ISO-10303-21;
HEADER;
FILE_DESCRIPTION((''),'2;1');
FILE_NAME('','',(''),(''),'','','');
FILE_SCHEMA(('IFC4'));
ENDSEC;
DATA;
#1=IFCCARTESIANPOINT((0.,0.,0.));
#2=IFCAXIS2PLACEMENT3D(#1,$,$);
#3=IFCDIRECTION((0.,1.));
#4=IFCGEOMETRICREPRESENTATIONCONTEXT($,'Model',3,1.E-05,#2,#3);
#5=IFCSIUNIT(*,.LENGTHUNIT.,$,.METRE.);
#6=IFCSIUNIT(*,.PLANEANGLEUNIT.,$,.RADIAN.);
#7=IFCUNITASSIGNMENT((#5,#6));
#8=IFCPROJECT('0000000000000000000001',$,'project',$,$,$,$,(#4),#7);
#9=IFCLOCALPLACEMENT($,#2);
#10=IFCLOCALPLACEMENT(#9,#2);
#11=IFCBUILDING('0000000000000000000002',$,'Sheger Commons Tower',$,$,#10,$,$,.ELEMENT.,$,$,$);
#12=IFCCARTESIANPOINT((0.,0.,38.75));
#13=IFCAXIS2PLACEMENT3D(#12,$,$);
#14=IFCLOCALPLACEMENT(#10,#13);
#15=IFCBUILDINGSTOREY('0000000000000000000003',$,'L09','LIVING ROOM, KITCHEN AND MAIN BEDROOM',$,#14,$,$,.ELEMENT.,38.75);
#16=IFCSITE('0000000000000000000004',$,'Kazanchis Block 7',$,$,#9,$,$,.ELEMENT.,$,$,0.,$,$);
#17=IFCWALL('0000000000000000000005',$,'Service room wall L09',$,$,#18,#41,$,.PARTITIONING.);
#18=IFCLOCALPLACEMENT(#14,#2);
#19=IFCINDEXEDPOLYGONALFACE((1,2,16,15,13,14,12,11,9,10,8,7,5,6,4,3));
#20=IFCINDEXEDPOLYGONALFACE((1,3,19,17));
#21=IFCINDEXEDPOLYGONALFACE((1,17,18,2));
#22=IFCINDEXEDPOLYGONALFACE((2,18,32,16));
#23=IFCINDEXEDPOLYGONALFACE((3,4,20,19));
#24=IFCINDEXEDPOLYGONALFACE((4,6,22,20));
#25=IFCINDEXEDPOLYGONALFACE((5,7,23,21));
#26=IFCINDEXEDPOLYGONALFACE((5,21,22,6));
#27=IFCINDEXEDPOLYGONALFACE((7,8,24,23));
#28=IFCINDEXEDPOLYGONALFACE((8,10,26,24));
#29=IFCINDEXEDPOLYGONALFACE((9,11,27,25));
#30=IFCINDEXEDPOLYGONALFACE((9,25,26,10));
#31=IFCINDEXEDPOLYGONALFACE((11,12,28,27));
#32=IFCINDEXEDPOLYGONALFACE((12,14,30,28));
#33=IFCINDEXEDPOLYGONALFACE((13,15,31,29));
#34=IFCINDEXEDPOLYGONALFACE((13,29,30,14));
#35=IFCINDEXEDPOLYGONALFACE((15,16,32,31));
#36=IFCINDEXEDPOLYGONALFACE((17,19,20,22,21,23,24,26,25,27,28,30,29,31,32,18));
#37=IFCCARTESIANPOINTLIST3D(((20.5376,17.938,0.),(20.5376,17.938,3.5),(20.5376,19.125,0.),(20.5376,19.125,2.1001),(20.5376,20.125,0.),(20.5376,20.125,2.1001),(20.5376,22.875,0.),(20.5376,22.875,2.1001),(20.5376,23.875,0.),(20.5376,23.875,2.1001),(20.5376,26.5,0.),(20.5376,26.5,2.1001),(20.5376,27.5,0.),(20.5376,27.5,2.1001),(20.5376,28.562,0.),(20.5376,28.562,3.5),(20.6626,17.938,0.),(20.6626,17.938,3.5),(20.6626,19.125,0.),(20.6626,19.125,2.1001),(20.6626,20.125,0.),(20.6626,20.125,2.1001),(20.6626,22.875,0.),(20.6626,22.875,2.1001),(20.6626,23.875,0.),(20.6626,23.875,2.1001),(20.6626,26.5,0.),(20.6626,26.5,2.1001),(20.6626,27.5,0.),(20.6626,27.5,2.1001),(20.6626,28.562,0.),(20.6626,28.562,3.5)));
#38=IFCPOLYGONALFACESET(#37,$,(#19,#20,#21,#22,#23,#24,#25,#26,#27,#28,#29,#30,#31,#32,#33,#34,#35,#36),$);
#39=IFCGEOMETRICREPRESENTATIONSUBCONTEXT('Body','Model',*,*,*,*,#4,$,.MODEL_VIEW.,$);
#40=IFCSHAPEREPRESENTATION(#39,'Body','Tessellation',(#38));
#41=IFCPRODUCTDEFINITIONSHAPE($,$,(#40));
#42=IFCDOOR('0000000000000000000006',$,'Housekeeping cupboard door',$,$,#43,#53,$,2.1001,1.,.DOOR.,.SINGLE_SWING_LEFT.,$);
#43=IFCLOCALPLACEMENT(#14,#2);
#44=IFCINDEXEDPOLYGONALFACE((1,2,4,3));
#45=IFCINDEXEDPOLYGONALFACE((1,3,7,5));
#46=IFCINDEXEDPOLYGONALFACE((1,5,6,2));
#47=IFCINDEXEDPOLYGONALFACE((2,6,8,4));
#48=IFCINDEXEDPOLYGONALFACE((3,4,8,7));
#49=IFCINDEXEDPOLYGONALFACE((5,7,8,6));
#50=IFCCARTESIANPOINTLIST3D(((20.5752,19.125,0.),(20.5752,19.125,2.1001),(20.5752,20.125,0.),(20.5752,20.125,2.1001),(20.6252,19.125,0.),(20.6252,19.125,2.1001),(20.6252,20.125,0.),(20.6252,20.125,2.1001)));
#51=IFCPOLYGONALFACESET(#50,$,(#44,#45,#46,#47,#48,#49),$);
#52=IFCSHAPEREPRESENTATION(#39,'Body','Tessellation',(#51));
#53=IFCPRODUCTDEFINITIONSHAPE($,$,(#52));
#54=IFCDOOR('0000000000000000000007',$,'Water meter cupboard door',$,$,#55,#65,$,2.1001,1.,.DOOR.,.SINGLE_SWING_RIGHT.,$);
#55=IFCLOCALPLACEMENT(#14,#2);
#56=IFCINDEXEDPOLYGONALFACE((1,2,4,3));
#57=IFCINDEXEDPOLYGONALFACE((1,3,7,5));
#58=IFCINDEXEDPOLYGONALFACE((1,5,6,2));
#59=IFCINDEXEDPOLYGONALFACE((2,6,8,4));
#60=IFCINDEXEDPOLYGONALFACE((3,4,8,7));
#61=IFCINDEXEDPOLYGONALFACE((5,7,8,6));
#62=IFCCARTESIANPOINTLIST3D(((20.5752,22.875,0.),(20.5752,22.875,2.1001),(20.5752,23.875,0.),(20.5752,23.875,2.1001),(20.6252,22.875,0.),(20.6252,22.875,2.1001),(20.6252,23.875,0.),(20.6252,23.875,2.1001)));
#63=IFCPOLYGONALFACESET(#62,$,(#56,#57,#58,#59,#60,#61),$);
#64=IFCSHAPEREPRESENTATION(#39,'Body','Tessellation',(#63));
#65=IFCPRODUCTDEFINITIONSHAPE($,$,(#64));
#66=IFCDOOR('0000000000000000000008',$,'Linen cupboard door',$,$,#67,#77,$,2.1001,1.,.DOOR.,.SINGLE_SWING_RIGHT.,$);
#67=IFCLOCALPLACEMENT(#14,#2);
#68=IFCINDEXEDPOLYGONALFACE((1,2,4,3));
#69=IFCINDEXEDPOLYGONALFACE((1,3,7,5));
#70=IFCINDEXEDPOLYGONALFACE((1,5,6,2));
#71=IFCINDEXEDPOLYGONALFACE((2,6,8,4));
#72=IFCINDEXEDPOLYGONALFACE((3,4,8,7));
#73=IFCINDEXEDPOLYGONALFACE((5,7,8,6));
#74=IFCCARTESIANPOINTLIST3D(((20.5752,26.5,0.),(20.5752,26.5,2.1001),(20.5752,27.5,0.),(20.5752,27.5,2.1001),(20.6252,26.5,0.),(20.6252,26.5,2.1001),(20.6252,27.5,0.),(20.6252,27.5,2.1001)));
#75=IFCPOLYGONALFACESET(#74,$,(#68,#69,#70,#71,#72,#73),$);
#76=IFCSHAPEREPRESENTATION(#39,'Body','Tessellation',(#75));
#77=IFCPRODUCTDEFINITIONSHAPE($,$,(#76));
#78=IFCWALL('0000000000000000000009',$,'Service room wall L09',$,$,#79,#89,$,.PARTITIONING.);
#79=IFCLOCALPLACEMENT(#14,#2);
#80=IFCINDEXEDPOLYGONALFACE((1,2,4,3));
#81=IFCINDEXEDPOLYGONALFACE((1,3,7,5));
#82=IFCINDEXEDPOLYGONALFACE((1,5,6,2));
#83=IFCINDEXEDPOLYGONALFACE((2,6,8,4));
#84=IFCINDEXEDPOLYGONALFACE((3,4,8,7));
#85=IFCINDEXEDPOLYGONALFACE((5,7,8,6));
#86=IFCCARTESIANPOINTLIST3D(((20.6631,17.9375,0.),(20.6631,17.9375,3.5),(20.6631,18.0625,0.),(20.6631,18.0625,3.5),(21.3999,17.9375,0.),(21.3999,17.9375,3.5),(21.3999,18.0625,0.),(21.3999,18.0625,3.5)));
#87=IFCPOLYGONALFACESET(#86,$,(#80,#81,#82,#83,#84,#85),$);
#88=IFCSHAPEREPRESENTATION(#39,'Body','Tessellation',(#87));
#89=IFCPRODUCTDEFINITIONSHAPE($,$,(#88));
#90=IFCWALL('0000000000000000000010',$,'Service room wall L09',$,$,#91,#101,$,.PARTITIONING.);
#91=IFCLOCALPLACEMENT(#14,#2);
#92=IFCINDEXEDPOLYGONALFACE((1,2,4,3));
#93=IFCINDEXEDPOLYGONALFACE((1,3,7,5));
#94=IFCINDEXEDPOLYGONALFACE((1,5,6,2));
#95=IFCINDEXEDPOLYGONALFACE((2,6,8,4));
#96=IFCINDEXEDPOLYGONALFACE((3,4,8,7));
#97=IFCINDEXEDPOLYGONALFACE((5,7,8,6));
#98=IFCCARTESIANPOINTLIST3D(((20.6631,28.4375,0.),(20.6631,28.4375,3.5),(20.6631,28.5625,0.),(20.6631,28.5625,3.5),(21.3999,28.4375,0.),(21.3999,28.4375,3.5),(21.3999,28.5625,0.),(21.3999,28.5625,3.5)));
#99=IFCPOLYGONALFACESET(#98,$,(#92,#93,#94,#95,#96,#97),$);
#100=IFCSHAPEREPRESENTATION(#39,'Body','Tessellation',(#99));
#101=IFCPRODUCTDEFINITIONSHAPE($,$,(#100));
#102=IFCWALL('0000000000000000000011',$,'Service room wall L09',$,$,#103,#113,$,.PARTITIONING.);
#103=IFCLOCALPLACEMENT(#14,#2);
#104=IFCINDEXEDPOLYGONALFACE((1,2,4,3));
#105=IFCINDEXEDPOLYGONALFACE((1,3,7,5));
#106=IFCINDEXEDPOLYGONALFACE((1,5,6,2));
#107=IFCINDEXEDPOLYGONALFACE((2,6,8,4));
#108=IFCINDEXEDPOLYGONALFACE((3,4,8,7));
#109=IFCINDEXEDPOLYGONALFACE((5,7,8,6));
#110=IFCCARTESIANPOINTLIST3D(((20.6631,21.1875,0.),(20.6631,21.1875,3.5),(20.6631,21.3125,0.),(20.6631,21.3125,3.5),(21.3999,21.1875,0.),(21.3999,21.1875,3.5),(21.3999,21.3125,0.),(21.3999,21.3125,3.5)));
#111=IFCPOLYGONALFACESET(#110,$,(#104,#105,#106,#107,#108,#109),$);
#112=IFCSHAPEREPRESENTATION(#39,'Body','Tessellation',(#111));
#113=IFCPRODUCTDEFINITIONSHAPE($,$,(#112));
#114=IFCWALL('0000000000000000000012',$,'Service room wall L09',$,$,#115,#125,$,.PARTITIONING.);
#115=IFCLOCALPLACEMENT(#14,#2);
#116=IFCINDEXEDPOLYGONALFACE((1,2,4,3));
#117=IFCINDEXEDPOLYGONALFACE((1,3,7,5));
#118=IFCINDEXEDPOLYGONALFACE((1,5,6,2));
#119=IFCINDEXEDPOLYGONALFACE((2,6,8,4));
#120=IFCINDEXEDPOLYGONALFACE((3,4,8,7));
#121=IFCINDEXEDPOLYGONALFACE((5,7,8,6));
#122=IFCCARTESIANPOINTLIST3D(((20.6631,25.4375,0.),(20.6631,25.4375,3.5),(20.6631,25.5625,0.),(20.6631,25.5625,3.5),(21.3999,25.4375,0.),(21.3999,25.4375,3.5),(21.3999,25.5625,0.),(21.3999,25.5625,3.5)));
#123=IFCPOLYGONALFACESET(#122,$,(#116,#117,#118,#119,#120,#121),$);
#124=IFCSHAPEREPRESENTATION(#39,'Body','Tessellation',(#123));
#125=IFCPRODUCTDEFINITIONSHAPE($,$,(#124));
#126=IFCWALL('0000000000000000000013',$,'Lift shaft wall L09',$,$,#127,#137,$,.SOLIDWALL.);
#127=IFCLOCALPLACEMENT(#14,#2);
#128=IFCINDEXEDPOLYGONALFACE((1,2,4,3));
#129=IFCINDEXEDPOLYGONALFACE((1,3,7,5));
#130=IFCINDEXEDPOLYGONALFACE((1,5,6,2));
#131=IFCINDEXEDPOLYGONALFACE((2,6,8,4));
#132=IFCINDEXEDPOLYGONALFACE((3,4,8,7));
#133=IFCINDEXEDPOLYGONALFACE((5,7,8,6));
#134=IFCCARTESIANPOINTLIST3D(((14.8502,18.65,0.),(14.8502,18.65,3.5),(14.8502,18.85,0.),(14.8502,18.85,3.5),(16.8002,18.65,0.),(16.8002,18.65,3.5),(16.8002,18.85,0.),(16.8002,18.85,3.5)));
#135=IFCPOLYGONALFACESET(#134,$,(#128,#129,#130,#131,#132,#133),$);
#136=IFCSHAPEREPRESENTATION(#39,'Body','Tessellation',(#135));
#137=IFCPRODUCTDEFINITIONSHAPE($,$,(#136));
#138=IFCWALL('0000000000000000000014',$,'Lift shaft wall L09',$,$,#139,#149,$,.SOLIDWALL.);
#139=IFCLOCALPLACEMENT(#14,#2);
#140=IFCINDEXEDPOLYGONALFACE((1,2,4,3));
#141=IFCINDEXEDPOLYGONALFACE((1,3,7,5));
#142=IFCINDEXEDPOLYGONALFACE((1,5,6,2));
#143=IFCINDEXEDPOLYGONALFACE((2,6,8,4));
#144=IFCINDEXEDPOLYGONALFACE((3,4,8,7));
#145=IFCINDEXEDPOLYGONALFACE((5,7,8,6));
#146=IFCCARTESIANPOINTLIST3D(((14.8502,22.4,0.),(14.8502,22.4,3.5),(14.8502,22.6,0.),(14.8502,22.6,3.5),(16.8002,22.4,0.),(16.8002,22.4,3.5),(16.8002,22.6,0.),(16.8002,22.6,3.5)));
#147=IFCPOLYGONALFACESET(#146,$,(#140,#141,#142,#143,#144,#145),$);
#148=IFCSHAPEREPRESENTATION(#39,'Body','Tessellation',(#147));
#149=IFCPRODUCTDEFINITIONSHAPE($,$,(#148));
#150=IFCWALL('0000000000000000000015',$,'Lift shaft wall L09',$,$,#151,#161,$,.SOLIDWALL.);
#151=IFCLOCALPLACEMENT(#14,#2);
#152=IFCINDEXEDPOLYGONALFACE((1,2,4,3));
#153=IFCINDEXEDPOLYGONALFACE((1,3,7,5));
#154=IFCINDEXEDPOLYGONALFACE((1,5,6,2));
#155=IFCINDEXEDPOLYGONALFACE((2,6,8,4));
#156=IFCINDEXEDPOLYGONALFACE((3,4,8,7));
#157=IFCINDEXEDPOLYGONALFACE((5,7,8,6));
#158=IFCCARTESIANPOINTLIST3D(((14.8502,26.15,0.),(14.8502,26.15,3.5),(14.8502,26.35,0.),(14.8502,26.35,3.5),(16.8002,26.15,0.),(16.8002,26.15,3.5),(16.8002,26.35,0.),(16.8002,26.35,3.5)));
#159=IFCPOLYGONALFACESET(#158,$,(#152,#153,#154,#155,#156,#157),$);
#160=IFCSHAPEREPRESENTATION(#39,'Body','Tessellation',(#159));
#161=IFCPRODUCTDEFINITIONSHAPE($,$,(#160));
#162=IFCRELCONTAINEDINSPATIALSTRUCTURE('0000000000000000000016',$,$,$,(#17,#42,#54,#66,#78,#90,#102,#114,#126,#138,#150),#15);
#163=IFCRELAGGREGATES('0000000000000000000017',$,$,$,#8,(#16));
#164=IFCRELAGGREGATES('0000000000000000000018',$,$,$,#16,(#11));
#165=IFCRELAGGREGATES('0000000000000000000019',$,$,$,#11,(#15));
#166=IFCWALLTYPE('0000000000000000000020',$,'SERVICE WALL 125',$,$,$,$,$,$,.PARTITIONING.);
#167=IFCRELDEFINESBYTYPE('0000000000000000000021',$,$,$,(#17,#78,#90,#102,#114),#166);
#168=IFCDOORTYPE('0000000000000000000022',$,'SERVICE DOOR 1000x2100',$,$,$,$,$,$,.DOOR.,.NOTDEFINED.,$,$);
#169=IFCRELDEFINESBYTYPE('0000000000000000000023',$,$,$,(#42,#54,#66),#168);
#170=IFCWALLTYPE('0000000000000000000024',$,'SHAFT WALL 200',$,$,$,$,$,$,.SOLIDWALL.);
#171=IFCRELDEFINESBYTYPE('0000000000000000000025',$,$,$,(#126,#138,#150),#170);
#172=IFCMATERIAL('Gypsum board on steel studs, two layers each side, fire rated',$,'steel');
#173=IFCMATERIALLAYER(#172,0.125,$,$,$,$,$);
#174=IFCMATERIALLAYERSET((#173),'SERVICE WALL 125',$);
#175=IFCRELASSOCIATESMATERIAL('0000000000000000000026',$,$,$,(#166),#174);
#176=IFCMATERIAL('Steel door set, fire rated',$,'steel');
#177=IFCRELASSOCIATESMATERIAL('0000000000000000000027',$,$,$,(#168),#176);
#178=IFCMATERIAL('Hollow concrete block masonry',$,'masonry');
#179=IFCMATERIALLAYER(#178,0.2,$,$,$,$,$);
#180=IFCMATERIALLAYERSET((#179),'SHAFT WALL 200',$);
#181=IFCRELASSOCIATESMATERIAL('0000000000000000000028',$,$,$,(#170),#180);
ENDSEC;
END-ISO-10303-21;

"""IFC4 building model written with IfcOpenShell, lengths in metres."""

from ifc_helpers import new_model, si_unit, direction, frame, frame_2d, origin, place, context, subcontext, project, spatial, rectangle, extrude, material, layer, layer_set, type_object, element, fill, save


model = new_model("IFC4")

# Units and contexts
model_context = context("Model", 3, precision=1e-05, world=origin(), true_north=direction((0.0, 1.0)))
body_context = subcontext(model_context, "Body", "Model", "MODEL_VIEW")
ifc_project = project(units=[si_unit("LENGTHUNIT", "METRE"), si_unit("PLANEANGLEUNIT", "RADIAN")], contexts=[model_context])

# Site, building, storey
site_placement = place(None, origin())
site = spatial("IfcSite", under=ifc_project, at=site_placement, Name="Kazanchis Block 7", CompositionType="ELEMENT", RefElevation=0.0)
building_placement = place(site_placement, origin())
building = spatial("IfcBuilding", under=site, at=building_placement, Name="Sheger Commons Tower", CompositionType="ELEMENT")
storey_placement = place(building_placement, frame((0.0, 0.0, 38.75)))
storey = spatial("IfcBuildingStorey", under=building, at=storey_placement, Name="L09", Description="LIVING ROOM, KITCHEN AND MAIN BEDROOM", CompositionType="ELEMENT", Elevation=38.75)

# Shared definitions
ifc_material_1 = material(Name="Gypsum board on steel studs, two layers each side, fire rated", Category="steel")
ifc_layer_1 = layer(ifc_material_1, 0.125)
ifc_layer_set_1 = layer_set([ifc_layer_1], Name="SERVICE WALL 125")
wall_type_1 = type_object("IfcWallType", Name="SERVICE WALL 125", PredefinedType="PARTITIONING", material=ifc_layer_set_1)

# Shared definitions
ifc_material_2 = material(Name="Steel door set, fire rated", Category="steel")
door_type_1 = type_object("IfcDoorType", Name="SERVICE DOOR 1000x2100", OperationType="NOTDEFINED", PredefinedType="DOOR", material=ifc_material_2)

# Wall, openings, doors
wall_1_placement = place(storey_placement, frame((20.6001, 17.938, 0.0), z_axis=(0.0, 0.0, 1.0), x_axis=(0.0, 1.0, 0.0)))
wall_1 = element("IfcWall", 1, at=wall_1_placement, inside=storey, type_object=wall_type_1, Name="Service room wall L09", PredefinedType="PARTITIONING", context=body_context, shape_type="SweptSolid", body=[
    extrude(rectangle(XDim=10.624, YDim=0.125, at=frame_2d((5.312, 0.0))), origin(), (0.0, 0.0, 1.0), 3.5),
])
opening_1_placement = place(wall_1_placement, frame((1.187, 0.0, 0.0)))
opening_1 = element("IfcOpeningElement", 2, at=opening_1_placement, cuts=wall_1, PredefinedType="OPENING", context=body_context, shape_type="SweptSolid", body=[
    extrude(rectangle(XDim=1.0, YDim=2.1001, at=frame_2d((0.5, 1.05))), frame((0.0, 0.0725, 0.0), z_axis=(0.0, -1.0, 0.0), x_axis=(1.0, 0.0, 0.0)), (0.0, 0.0, 1.0), 0.145),
])
opening_2_placement = place(wall_1_placement, frame((4.937, 0.0, 0.0)))
opening_2 = element("IfcOpeningElement", 3, at=opening_2_placement, cuts=wall_1, PredefinedType="OPENING", context=body_context, shape_type="SweptSolid", body=[
    extrude(rectangle(XDim=1.0, YDim=2.1001, at=frame_2d((0.5, 1.05))), frame((0.0, 0.0725, 0.0), z_axis=(0.0, -1.0, 0.0), x_axis=(1.0, 0.0, 0.0)), (0.0, 0.0, 1.0), 0.145),
])
opening_3_placement = place(wall_1_placement, frame((8.562, 0.0, 0.0)))
opening_3 = element("IfcOpeningElement", 4, at=opening_3_placement, cuts=wall_1, PredefinedType="OPENING", context=body_context, shape_type="SweptSolid", body=[
    extrude(rectangle(XDim=1.0, YDim=2.1001, at=frame_2d((0.5, 1.05))), frame((0.0, 0.0725, 0.0), z_axis=(0.0, -1.0, 0.0), x_axis=(1.0, 0.0, 0.0)), (0.0, 0.0, 1.0), 0.145),
])
door_1_placement = place(opening_1_placement, origin())
door_1 = element("IfcDoor", 5, at=door_1_placement, inside=storey, type_object=door_type_1, Name="Housekeeping cupboard door", OperationType="SINGLE_SWING_LEFT", OverallHeight=2.1001, OverallWidth=1.0, PredefinedType="DOOR", context=body_context, shape_type="SweptSolid", body=[
    extrude(rectangle(XDim=1.0, YDim=2.1001, at=frame_2d((0.5, 1.05))), frame((0.0, 0.0249, 0.0), z_axis=(0.0, -1.0, 0.0), x_axis=(1.0, 0.0, 0.0)), (0.0, 0.0, 1.0), 0.05),
])
fill(opening_1, door_1)
door_2_placement = place(opening_2_placement, origin())
door_2 = element("IfcDoor", 6, at=door_2_placement, inside=storey, type_object=door_type_1, Name="Water meter cupboard door", OperationType="SINGLE_SWING_RIGHT", OverallHeight=2.1001, OverallWidth=1.0, PredefinedType="DOOR", context=body_context, shape_type="SweptSolid", body=[
    extrude(rectangle(XDim=1.0, YDim=2.1001, at=frame_2d((0.5, 1.05))), frame((0.0, 0.0249, 0.0), z_axis=(0.0, -1.0, 0.0), x_axis=(1.0, 0.0, 0.0)), (0.0, 0.0, 1.0), 0.05),
])
fill(opening_2, door_2)
door_3_placement = place(opening_3_placement, origin())
door_3 = element("IfcDoor", 7, at=door_3_placement, inside=storey, type_object=door_type_1, Name="Linen cupboard door", OperationType="SINGLE_SWING_RIGHT", OverallHeight=2.1001, OverallWidth=1.0, PredefinedType="DOOR", context=body_context, shape_type="SweptSolid", body=[
    extrude(rectangle(XDim=1.0, YDim=2.1001, at=frame_2d((0.5, 1.05))), frame((0.0, 0.0249, 0.0), z_axis=(0.0, -1.0, 0.0), x_axis=(1.0, 0.0, 0.0)), (0.0, 0.0, 1.0), 0.05),
])
fill(opening_3, door_3)

# Walls
for number, where, z_axis, x_axis, name in (
    (8, (20.6631, 18.0, 0.0), (0.0, 0.0, 1.0), (1.0, 0.0, 0.0), "Service room wall L09"),
    (9, (20.6631, 28.5, 0.0), (0.0, 0.0, 1.0), (1.0, 0.0, 0.0), "Service room wall L09"),
    (10, (20.6631, 21.25, 0.0), (0.0, 0.0, 1.0), (1.0, 0.0, 0.0), "Service room wall L09"),
    (11, (20.6631, 25.5, 0.0), (0.0, 0.0, 1.0), (1.0, 0.0, 0.0), "Service room wall L09"),
):
    element("IfcWall", number, at=place(storey_placement, frame(where, z_axis=z_axis, x_axis=x_axis)), inside=storey, type_object=wall_type_1, Name=name, PredefinedType="PARTITIONING", context=body_context, shape_type="SweptSolid", body=[
        extrude(rectangle(XDim=0.7368, YDim=0.125, at=frame_2d((0.3684, 0.0))), origin(), (0.0, 0.0, 1.0), 3.5),
    ])
ifc_material_3 = material(Name="Hollow concrete block masonry", Category="masonry")
ifc_layer_2 = layer(ifc_material_3, 0.2)
ifc_layer_set_2 = layer_set([ifc_layer_2], Name="SHAFT WALL 200")
wall_type_2 = type_object("IfcWallType", Name="SHAFT WALL 200", PredefinedType="SOLIDWALL", material=ifc_layer_set_2)
for number, where, z_axis, x_axis, name in (
    (12, (14.8501, 18.75, 0.0), (0.0, 0.0, 1.0), (1.0, 0.0, 0.0), "Lift shaft wall L09"),
    (13, (14.8501, 22.5, 0.0), (0.0, 0.0, 1.0), (1.0, 0.0, 0.0), "Lift shaft wall L09"),
    (14, (14.8501, 26.25, 0.0), (0.0, 0.0, 1.0), (1.0, 0.0, 0.0), "Lift shaft wall L09"),
):
    element("IfcWall", number, at=place(storey_placement, frame(where, z_axis=z_axis, x_axis=x_axis)), inside=storey, type_object=wall_type_2, Name=name, PredefinedType="SOLIDWALL", context=body_context, shape_type="SweptSolid", body=[
        extrude(rectangle(XDim=1.95, YDim=0.2, at=frame_2d((0.9751, 0.0))), origin(), (0.0, 0.0, 1.0), 3.5),
    ])

save(model, "model.ifc")
